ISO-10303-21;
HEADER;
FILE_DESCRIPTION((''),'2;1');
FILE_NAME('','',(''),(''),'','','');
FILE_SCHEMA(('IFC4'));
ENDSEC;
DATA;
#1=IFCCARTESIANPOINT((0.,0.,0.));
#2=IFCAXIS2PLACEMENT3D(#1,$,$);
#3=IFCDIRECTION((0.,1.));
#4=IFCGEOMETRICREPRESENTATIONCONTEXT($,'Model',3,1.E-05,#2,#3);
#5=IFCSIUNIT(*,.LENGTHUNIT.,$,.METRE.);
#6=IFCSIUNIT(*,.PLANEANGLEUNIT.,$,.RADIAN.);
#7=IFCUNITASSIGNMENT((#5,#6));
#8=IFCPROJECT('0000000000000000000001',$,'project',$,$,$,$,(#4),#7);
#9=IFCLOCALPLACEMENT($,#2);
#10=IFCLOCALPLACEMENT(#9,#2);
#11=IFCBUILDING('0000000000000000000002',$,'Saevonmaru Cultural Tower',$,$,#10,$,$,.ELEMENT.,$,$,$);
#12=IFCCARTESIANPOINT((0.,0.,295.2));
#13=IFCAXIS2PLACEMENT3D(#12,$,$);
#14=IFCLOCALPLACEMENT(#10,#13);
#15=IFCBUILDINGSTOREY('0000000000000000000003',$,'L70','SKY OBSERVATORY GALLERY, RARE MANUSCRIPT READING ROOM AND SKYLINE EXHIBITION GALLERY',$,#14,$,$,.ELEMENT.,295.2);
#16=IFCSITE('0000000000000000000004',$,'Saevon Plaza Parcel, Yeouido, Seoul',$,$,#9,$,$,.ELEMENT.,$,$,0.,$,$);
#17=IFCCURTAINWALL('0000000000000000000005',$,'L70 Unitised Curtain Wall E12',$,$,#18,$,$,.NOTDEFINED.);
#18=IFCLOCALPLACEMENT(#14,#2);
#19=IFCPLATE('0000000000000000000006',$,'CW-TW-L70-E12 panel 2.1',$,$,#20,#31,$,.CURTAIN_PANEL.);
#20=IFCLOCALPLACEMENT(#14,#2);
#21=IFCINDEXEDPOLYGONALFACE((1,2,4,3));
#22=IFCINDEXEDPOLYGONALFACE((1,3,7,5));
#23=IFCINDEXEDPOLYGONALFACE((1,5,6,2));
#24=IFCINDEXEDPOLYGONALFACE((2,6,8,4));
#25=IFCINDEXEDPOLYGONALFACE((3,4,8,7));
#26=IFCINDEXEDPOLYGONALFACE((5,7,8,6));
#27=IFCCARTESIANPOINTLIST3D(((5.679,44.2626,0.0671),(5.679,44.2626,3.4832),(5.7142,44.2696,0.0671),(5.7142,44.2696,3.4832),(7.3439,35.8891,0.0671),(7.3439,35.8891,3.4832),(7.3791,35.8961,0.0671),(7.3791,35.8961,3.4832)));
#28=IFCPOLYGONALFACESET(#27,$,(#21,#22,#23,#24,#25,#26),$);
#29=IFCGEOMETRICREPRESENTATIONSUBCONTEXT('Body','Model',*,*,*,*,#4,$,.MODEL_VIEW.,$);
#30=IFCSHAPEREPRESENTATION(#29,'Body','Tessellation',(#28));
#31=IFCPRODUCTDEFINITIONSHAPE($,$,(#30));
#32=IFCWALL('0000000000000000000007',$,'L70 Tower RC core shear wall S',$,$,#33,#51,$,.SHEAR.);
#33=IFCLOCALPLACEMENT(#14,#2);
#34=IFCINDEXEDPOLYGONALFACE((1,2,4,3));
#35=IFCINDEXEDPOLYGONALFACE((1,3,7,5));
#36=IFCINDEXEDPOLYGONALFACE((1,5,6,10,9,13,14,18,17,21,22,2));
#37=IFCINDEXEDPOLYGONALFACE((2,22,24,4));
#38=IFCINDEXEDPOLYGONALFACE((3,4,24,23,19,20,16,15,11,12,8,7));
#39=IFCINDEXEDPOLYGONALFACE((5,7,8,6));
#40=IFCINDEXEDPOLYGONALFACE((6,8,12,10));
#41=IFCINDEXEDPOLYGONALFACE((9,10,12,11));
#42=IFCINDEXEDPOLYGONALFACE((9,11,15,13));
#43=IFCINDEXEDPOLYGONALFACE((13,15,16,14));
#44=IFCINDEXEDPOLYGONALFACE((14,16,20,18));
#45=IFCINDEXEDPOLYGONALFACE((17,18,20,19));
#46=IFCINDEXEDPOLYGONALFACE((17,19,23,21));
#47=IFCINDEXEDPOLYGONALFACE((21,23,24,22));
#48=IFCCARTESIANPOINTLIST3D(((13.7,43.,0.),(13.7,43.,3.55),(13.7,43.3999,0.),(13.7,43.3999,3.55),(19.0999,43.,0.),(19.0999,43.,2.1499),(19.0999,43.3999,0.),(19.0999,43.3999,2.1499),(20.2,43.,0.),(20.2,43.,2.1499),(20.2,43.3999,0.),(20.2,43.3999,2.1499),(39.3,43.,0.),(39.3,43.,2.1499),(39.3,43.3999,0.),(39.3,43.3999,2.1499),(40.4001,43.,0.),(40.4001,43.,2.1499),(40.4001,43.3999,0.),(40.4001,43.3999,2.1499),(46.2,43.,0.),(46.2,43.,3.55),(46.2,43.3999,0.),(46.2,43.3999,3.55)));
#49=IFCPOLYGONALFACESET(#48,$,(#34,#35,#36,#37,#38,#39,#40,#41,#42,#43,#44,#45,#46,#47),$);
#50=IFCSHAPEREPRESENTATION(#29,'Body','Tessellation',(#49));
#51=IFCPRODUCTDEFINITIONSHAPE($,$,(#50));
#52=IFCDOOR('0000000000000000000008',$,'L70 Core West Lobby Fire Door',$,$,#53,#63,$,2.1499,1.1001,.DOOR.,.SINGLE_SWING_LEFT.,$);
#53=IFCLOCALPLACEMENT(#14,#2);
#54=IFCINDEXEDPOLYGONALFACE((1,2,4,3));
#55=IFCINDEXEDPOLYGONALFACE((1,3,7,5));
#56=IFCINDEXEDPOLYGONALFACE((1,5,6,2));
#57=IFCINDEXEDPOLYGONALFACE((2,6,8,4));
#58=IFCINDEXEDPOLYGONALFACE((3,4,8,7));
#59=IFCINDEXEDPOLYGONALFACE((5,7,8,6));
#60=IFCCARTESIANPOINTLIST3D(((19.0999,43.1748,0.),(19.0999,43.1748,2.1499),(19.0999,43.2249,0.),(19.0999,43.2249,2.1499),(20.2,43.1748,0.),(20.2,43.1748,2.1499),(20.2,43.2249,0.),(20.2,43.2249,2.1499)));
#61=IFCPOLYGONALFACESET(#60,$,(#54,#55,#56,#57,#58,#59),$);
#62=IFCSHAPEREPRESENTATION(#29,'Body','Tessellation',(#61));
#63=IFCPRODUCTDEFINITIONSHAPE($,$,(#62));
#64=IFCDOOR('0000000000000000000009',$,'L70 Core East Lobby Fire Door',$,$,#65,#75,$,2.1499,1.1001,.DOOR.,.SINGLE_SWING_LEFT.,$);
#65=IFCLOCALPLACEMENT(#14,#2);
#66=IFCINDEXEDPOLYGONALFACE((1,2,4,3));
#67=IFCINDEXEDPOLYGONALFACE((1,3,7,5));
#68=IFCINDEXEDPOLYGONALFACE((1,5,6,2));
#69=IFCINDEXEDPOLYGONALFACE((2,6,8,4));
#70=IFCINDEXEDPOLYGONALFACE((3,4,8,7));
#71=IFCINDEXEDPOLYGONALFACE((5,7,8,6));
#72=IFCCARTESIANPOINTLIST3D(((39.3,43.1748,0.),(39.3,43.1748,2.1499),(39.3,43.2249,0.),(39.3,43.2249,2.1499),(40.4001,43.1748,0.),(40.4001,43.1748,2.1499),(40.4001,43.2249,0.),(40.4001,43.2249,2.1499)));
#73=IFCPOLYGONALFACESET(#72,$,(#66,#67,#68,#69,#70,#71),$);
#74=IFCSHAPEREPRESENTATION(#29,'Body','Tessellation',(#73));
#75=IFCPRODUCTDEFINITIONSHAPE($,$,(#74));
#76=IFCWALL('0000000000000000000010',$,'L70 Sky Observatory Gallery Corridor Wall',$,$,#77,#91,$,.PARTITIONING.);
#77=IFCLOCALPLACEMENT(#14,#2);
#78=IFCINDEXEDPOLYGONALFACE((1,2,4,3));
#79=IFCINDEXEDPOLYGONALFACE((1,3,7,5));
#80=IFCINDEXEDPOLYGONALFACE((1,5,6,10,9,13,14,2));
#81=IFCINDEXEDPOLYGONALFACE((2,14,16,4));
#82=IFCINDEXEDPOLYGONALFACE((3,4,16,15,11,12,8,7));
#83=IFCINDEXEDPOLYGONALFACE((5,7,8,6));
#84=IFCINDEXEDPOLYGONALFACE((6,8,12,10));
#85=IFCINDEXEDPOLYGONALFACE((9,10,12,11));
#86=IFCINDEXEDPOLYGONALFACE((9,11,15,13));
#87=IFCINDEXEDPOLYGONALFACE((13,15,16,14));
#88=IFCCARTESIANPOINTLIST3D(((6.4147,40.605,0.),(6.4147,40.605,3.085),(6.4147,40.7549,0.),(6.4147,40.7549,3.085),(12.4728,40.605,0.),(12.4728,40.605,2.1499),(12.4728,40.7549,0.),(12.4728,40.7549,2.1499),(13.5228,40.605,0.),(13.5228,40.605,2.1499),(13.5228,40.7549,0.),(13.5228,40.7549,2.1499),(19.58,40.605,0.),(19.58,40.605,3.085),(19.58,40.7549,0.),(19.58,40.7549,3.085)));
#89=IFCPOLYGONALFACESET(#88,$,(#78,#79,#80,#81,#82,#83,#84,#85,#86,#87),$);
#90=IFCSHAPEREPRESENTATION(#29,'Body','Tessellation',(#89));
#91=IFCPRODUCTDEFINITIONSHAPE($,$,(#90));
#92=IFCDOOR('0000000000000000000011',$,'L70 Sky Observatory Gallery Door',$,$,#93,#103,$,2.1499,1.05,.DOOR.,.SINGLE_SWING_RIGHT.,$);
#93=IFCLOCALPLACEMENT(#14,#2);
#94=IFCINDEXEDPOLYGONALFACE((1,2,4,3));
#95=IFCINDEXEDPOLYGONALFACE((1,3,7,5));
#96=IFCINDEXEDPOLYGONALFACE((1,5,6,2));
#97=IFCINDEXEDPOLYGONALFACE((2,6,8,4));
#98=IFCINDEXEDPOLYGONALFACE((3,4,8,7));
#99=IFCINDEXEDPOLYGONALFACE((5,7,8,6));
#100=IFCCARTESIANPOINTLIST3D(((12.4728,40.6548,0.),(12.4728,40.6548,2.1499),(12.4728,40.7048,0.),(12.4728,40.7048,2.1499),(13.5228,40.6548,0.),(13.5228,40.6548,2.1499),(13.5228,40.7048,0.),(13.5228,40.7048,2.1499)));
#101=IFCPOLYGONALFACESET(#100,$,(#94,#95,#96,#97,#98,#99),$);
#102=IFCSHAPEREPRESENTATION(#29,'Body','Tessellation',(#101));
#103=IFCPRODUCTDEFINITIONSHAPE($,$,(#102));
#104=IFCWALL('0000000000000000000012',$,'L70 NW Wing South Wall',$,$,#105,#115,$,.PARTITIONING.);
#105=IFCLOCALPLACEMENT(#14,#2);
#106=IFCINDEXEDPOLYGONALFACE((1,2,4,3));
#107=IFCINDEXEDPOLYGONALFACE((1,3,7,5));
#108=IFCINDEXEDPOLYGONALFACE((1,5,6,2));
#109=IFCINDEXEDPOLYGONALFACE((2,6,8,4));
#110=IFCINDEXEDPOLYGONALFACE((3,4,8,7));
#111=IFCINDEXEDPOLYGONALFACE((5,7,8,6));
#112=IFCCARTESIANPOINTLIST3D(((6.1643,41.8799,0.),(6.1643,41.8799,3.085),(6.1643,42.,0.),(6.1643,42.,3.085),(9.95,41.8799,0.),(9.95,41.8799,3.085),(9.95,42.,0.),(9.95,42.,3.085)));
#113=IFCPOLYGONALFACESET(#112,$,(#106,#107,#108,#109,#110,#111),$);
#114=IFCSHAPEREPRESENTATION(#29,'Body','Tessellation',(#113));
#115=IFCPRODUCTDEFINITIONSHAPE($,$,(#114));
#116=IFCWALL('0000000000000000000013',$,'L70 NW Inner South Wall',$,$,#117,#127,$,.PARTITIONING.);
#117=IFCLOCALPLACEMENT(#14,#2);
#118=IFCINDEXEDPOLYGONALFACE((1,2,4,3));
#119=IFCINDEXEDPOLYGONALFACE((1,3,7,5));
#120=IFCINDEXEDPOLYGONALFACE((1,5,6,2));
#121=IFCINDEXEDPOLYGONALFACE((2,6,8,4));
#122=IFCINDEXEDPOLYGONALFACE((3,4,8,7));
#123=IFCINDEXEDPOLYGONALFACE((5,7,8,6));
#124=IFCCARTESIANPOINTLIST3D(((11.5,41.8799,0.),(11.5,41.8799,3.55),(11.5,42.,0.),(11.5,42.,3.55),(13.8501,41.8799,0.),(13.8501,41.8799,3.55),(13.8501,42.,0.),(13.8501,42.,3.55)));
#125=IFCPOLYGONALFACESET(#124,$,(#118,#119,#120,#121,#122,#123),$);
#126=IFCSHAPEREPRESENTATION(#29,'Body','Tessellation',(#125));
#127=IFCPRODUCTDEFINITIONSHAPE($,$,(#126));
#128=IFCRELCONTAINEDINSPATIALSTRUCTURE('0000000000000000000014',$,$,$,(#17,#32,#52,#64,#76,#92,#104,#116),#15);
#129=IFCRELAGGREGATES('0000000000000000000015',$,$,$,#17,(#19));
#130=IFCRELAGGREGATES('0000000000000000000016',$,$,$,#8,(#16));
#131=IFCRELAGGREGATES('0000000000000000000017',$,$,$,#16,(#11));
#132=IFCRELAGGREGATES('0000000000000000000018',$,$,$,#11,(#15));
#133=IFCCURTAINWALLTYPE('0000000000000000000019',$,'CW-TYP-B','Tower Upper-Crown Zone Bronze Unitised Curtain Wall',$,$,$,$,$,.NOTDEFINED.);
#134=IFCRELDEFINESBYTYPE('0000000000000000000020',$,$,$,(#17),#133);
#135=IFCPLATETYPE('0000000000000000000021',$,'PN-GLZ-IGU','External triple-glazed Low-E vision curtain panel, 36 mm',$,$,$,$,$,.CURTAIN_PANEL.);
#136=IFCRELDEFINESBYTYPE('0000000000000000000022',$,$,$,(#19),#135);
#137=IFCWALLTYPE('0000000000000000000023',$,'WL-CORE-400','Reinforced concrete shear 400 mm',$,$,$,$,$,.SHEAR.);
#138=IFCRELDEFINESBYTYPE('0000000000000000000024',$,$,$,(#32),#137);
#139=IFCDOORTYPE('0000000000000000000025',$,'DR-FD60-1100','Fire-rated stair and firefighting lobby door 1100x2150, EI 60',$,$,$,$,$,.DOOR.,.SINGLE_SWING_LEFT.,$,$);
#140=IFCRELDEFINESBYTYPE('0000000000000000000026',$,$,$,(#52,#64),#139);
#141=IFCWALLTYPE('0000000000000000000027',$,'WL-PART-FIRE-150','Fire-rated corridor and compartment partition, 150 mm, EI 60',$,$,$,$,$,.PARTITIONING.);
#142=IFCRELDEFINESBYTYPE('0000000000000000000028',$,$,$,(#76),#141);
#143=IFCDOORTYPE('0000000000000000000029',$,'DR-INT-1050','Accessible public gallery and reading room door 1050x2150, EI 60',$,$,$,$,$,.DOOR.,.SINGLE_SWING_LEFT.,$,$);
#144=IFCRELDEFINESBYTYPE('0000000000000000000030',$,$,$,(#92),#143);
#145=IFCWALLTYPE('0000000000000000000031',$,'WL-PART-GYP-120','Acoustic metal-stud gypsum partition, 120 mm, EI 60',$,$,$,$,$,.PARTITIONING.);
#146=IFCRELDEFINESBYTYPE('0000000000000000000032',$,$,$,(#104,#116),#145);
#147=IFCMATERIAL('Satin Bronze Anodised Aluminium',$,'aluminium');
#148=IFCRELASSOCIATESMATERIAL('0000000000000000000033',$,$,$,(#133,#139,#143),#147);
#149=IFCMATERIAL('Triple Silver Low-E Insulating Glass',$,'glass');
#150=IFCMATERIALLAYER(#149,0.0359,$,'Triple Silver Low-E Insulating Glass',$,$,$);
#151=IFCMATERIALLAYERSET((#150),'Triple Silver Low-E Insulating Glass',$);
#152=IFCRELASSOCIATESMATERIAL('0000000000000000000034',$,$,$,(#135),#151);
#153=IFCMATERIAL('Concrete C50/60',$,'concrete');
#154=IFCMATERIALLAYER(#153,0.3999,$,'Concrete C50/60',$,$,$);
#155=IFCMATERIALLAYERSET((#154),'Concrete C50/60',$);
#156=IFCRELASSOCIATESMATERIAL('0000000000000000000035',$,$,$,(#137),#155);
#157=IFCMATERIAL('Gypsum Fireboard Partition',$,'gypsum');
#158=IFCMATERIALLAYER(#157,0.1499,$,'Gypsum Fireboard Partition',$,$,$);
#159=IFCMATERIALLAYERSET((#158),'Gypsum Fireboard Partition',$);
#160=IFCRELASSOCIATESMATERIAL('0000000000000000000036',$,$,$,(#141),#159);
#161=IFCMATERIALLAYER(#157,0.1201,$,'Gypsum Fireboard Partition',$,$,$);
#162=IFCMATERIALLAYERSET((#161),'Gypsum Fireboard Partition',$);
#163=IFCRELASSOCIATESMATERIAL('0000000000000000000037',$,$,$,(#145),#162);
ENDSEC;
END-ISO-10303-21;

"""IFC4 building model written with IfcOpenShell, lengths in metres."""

from ifc_helpers import new_model, si_unit, direction, frame, frame_2d, origin, origin_2d, place, context, subcontext, project, spatial, rectangle, extrude, material, layer, layer_set, type_object, element, fill, aggregate, save


model = new_model("IFC4")

# Units and contexts
model_context = context("Model", 3, precision=1e-05, world=origin(), true_north=direction((0.0, 1.0)))
body_context = subcontext(model_context, "Body", "Model", "MODEL_VIEW")
ifc_project = project(units=[si_unit("LENGTHUNIT", "METRE"), si_unit("PLANEANGLEUNIT", "RADIAN")], contexts=[model_context])

# Site, building, storey
site_placement = place(None, origin())
site = spatial("IfcSite", under=ifc_project, at=site_placement, Name="Saevon Plaza Parcel, Yeouido, Seoul", CompositionType="ELEMENT", RefElevation=0.0)
building_placement = place(site_placement, origin())
building = spatial("IfcBuilding", under=site, at=building_placement, Name="Saevonmaru Cultural Tower", CompositionType="ELEMENT")
storey_placement = place(building_placement, frame((0.0, 0.0, 295.2)))
storey = spatial("IfcBuildingStorey", under=building, at=storey_placement, Name="L70", Description="SKY OBSERVATORY GALLERY, RARE MANUSCRIPT READING ROOM AND SKYLINE EXHIBITION GALLERY", CompositionType="ELEMENT", Elevation=295.2)

# Curtain wall, plate
ifc_material_1 = material(Name="Satin Bronze Anodised Aluminium", Category="aluminium")
curtain_wall_type = type_object("IfcCurtainWallType", Name="CW-TYP-B", Description="Tower Upper-Crown Zone Bronze Unitised Curtain Wall", PredefinedType="NOTDEFINED", material=ifc_material_1)
curtain_wall_placement = place(storey_placement, origin())
curtain_wall = element("IfcCurtainWall", 1, at=curtain_wall_placement, inside=storey, type_object=curtain_wall_type, Name="L70 Unitised Curtain Wall E12", PredefinedType="NOTDEFINED")
ifc_material_2 = material(Name="Triple Silver Low-E Insulating Glass", Category="glass")
ifc_layer_1 = layer(ifc_material_2, 0.0359, Name="Triple Silver Low-E Insulating Glass")
ifc_layer_set_1 = layer_set([ifc_layer_1], Name="Triple Silver Low-E Insulating Glass")
plate_type = type_object("IfcPlateType", Name="PN-GLZ-IGU", Description="External triple-glazed Low-E vision curtain panel, 36 mm", PredefinedType="CURTAIN_PANEL", material=ifc_layer_set_1)
plate_placement = place(storey_placement, frame((6.5291, 40.0793, 0.0671), z_axis=(0.0, 0.0, 1.0), x_axis=(0.195005, -0.980802, 0.0)))
plate = element("IfcPlate", 2, at=plate_placement, type_object=plate_type, Name="CW-TW-L70-E12 panel 2.1", PredefinedType="CURTAIN_PANEL", context=body_context, shape_type="SweptSolid", body=[
    extrude(rectangle(XDim=8.5374, YDim=0.0359, at=origin_2d()), origin(), (0.0, 0.0, 1.0), 3.416),
])
aggregate(curtain_wall, [plate])

# Wall, openings, doors
ifc_material_3 = material(Name="Concrete C50/60", Category="concrete")
ifc_layer_2 = layer(ifc_material_3, 0.3999, Name="Concrete C50/60")
ifc_layer_set_2 = layer_set([ifc_layer_2], Name="Concrete C50/60")
wall_type_1 = type_object("IfcWallType", Name="WL-CORE-400", Description="Reinforced concrete shear 400 mm", PredefinedType="SHEAR", material=ifc_layer_set_2)
wall_1_placement = place(storey_placement, frame((13.7, 43.2, 0.0), z_axis=(0.0, 0.0, 1.0), x_axis=(1.0, 0.0, 0.0)))
wall_1 = element("IfcWall", 3, at=wall_1_placement, inside=storey, type_object=wall_type_1, Name="L70 Tower RC core shear wall S", PredefinedType="SHEAR", context=body_context, shape_type="SweptSolid", body=[
    extrude(rectangle(XDim=32.5, YDim=0.3999, at=frame_2d((16.25, 0.0))), origin(), (0.0, 0.0, 1.0), 3.55),
])
opening_1_placement = place(wall_1_placement, frame((5.3999, 0.0, 0.0)))
opening_1 = element("IfcOpeningElement", 4, at=opening_1_placement, cuts=wall_1, PredefinedType="OPENING", context=body_context, shape_type="SweptSolid", body=[
    extrude(rectangle(XDim=1.1001, YDim=2.1499, at=frame_2d((0.55, 1.075))), frame((0.0, 0.21, 0.0), z_axis=(0.0, -1.0, 0.0), x_axis=(1.0, 0.0, 0.0)), (0.0, 0.0, 1.0), 0.4199),
])
opening_2_placement = place(wall_1_placement, frame((25.6001, 0.0, 0.0)))
opening_2 = element("IfcOpeningElement", 5, at=opening_2_placement, cuts=wall_1, PredefinedType="OPENING", context=body_context, shape_type="SweptSolid", body=[
    extrude(rectangle(XDim=1.1001, YDim=2.1499, at=frame_2d((0.55, 1.075))), frame((0.0, 0.21, 0.0), z_axis=(0.0, -1.0, 0.0), x_axis=(1.0, 0.0, 0.0)), (0.0, 0.0, 1.0), 0.4199),
])
door_type_1 = type_object("IfcDoorType", Name="DR-FD60-1100", Description="Fire-rated stair and firefighting lobby door 1100x2150, EI 60", OperationType="SINGLE_SWING_LEFT", PredefinedType="DOOR", material=ifc_material_1)
door_1_placement = place(opening_1_placement, origin())
door_1 = element("IfcDoor", 6, at=door_1_placement, inside=storey, type_object=door_type_1, Name="L70 Core West Lobby Fire Door", OperationType="SINGLE_SWING_LEFT", OverallHeight=2.1499, OverallWidth=1.1001, PredefinedType="DOOR", context=body_context, shape_type="SweptSolid", body=[
    extrude(rectangle(XDim=1.1001, YDim=2.1499, at=frame_2d((0.55, 1.075))), frame((0.0, 0.0249, 0.0), z_axis=(0.0, -1.0, 0.0), x_axis=(1.0, 0.0, 0.0)), (0.0, 0.0, 1.0), 0.05),
])
fill(opening_1, door_1)
door_2_placement = place(opening_2_placement, origin())
door_2 = element("IfcDoor", 7, at=door_2_placement, inside=storey, type_object=door_type_1, Name="L70 Core East Lobby Fire Door", OperationType="SINGLE_SWING_LEFT", OverallHeight=2.1499, OverallWidth=1.1001, PredefinedType="DOOR", context=body_context, shape_type="SweptSolid", body=[
    extrude(rectangle(XDim=1.1001, YDim=2.1499, at=frame_2d((0.55, 1.075))), frame((0.0, 0.0249, 0.0), z_axis=(0.0, -1.0, 0.0), x_axis=(1.0, 0.0, 0.0)), (0.0, 0.0, 1.0), 0.05),
])
fill(opening_2, door_2)

# Wall, opening, door
ifc_material_4 = material(Name="Gypsum Fireboard Partition", Category="gypsum")
ifc_layer_3 = layer(ifc_material_4, 0.1499, Name="Gypsum Fireboard Partition")
ifc_layer_set_3 = layer_set([ifc_layer_3], Name="Gypsum Fireboard Partition")
wall_type_2 = type_object("IfcWallType", Name="WL-PART-FIRE-150", Description="Fire-rated corridor and compartment partition, 150 mm, EI 60", PredefinedType="PARTITIONING", material=ifc_layer_set_3)
door_type_2 = type_object("IfcDoorType", Name="DR-INT-1050", Description="Accessible public gallery and reading room door 1050x2150, EI 60", OperationType="SINGLE_SWING_LEFT", PredefinedType="DOOR", material=ifc_material_1)
wall_2_placement = place(storey_placement, frame((6.4148, 40.6799, 0.0), z_axis=(0.0, 0.0, 1.0), x_axis=(1.0, 0.0, 0.0)))
wall_2 = element("IfcWall", 8, at=wall_2_placement, inside=storey, type_object=wall_type_2, Name="L70 Sky Observatory Gallery Corridor Wall", PredefinedType="PARTITIONING", context=body_context, shape_type="SweptSolid", body=[
    extrude(rectangle(XDim=13.1653, YDim=0.1499, at=frame_2d((6.5825, 0.0))), origin(), (0.0, 0.0, 1.0), 3.085),
])
opening_3_placement = place(wall_2_placement, frame((6.0581, 0.0, 0.0)))
opening_3 = element("IfcOpeningElement", 9, at=opening_3_placement, cuts=wall_2, PredefinedType="OPENING", context=body_context, shape_type="SweptSolid", body=[
    extrude(rectangle(XDim=1.05, YDim=2.1499, at=frame_2d((0.5249, 1.075))), frame((0.0, 0.085, 0.0), z_axis=(0.0, -1.0, 0.0), x_axis=(1.0, 0.0, 0.0)), (0.0, 0.0, 1.0), 0.1699),
])
door_3_placement = place(opening_3_placement, origin())
door_3 = element("IfcDoor", 10, at=door_3_placement, inside=storey, type_object=door_type_2, Name="L70 Sky Observatory Gallery Door", OperationType="SINGLE_SWING_RIGHT", OverallHeight=2.1499, OverallWidth=1.05, PredefinedType="DOOR", context=body_context, shape_type="SweptSolid", body=[
    extrude(rectangle(XDim=1.05, YDim=2.1499, at=frame_2d((0.5249, 1.075))), frame((0.0, 0.0249, 0.0), z_axis=(0.0, -1.0, 0.0), x_axis=(1.0, 0.0, 0.0)), (0.0, 0.0, 1.0), 0.05),
])
fill(opening_3, door_3)

# Walls
ifc_layer_4 = layer(ifc_material_4, 0.1201, Name="Gypsum Fireboard Partition")
ifc_layer_set_4 = layer_set([ifc_layer_4], Name="Gypsum Fireboard Partition")
wall_type_3 = type_object("IfcWallType", Name="WL-PART-GYP-120", Description="Acoustic metal-stud gypsum partition, 120 mm, EI 60", PredefinedType="PARTITIONING", material=ifc_layer_set_4)
wall_3_placement = place(storey_placement, frame((6.1643, 41.9399, 0.0), z_axis=(0.0, 0.0, 1.0), x_axis=(1.0, 0.0, 0.0)))
element("IfcWall", 11, at=wall_3_placement, inside=storey, type_object=wall_type_3, Name="L70 NW Wing South Wall", PredefinedType="PARTITIONING", context=body_context, shape_type="SweptSolid", body=[
    extrude(rectangle(XDim=3.7856, YDim=0.1201, at=frame_2d((1.8928, 0.0))), origin(), (0.0, 0.0, 1.0), 3.085),
])
wall_4_placement = place(storey_placement, frame((11.5, 41.9399, 0.0), z_axis=(0.0, 0.0, 1.0), x_axis=(1.0, 0.0, 0.0)))
element("IfcWall", 12, at=wall_4_placement, inside=storey, type_object=wall_type_3, Name="L70 NW Inner South Wall", PredefinedType="PARTITIONING", context=body_context, shape_type="SweptSolid", body=[
    extrude(rectangle(XDim=2.3501, YDim=0.1201, at=frame_2d((1.175, 0.0))), origin(), (0.0, 0.0, 1.0), 3.55),
])

save(model, "model.ifc")
